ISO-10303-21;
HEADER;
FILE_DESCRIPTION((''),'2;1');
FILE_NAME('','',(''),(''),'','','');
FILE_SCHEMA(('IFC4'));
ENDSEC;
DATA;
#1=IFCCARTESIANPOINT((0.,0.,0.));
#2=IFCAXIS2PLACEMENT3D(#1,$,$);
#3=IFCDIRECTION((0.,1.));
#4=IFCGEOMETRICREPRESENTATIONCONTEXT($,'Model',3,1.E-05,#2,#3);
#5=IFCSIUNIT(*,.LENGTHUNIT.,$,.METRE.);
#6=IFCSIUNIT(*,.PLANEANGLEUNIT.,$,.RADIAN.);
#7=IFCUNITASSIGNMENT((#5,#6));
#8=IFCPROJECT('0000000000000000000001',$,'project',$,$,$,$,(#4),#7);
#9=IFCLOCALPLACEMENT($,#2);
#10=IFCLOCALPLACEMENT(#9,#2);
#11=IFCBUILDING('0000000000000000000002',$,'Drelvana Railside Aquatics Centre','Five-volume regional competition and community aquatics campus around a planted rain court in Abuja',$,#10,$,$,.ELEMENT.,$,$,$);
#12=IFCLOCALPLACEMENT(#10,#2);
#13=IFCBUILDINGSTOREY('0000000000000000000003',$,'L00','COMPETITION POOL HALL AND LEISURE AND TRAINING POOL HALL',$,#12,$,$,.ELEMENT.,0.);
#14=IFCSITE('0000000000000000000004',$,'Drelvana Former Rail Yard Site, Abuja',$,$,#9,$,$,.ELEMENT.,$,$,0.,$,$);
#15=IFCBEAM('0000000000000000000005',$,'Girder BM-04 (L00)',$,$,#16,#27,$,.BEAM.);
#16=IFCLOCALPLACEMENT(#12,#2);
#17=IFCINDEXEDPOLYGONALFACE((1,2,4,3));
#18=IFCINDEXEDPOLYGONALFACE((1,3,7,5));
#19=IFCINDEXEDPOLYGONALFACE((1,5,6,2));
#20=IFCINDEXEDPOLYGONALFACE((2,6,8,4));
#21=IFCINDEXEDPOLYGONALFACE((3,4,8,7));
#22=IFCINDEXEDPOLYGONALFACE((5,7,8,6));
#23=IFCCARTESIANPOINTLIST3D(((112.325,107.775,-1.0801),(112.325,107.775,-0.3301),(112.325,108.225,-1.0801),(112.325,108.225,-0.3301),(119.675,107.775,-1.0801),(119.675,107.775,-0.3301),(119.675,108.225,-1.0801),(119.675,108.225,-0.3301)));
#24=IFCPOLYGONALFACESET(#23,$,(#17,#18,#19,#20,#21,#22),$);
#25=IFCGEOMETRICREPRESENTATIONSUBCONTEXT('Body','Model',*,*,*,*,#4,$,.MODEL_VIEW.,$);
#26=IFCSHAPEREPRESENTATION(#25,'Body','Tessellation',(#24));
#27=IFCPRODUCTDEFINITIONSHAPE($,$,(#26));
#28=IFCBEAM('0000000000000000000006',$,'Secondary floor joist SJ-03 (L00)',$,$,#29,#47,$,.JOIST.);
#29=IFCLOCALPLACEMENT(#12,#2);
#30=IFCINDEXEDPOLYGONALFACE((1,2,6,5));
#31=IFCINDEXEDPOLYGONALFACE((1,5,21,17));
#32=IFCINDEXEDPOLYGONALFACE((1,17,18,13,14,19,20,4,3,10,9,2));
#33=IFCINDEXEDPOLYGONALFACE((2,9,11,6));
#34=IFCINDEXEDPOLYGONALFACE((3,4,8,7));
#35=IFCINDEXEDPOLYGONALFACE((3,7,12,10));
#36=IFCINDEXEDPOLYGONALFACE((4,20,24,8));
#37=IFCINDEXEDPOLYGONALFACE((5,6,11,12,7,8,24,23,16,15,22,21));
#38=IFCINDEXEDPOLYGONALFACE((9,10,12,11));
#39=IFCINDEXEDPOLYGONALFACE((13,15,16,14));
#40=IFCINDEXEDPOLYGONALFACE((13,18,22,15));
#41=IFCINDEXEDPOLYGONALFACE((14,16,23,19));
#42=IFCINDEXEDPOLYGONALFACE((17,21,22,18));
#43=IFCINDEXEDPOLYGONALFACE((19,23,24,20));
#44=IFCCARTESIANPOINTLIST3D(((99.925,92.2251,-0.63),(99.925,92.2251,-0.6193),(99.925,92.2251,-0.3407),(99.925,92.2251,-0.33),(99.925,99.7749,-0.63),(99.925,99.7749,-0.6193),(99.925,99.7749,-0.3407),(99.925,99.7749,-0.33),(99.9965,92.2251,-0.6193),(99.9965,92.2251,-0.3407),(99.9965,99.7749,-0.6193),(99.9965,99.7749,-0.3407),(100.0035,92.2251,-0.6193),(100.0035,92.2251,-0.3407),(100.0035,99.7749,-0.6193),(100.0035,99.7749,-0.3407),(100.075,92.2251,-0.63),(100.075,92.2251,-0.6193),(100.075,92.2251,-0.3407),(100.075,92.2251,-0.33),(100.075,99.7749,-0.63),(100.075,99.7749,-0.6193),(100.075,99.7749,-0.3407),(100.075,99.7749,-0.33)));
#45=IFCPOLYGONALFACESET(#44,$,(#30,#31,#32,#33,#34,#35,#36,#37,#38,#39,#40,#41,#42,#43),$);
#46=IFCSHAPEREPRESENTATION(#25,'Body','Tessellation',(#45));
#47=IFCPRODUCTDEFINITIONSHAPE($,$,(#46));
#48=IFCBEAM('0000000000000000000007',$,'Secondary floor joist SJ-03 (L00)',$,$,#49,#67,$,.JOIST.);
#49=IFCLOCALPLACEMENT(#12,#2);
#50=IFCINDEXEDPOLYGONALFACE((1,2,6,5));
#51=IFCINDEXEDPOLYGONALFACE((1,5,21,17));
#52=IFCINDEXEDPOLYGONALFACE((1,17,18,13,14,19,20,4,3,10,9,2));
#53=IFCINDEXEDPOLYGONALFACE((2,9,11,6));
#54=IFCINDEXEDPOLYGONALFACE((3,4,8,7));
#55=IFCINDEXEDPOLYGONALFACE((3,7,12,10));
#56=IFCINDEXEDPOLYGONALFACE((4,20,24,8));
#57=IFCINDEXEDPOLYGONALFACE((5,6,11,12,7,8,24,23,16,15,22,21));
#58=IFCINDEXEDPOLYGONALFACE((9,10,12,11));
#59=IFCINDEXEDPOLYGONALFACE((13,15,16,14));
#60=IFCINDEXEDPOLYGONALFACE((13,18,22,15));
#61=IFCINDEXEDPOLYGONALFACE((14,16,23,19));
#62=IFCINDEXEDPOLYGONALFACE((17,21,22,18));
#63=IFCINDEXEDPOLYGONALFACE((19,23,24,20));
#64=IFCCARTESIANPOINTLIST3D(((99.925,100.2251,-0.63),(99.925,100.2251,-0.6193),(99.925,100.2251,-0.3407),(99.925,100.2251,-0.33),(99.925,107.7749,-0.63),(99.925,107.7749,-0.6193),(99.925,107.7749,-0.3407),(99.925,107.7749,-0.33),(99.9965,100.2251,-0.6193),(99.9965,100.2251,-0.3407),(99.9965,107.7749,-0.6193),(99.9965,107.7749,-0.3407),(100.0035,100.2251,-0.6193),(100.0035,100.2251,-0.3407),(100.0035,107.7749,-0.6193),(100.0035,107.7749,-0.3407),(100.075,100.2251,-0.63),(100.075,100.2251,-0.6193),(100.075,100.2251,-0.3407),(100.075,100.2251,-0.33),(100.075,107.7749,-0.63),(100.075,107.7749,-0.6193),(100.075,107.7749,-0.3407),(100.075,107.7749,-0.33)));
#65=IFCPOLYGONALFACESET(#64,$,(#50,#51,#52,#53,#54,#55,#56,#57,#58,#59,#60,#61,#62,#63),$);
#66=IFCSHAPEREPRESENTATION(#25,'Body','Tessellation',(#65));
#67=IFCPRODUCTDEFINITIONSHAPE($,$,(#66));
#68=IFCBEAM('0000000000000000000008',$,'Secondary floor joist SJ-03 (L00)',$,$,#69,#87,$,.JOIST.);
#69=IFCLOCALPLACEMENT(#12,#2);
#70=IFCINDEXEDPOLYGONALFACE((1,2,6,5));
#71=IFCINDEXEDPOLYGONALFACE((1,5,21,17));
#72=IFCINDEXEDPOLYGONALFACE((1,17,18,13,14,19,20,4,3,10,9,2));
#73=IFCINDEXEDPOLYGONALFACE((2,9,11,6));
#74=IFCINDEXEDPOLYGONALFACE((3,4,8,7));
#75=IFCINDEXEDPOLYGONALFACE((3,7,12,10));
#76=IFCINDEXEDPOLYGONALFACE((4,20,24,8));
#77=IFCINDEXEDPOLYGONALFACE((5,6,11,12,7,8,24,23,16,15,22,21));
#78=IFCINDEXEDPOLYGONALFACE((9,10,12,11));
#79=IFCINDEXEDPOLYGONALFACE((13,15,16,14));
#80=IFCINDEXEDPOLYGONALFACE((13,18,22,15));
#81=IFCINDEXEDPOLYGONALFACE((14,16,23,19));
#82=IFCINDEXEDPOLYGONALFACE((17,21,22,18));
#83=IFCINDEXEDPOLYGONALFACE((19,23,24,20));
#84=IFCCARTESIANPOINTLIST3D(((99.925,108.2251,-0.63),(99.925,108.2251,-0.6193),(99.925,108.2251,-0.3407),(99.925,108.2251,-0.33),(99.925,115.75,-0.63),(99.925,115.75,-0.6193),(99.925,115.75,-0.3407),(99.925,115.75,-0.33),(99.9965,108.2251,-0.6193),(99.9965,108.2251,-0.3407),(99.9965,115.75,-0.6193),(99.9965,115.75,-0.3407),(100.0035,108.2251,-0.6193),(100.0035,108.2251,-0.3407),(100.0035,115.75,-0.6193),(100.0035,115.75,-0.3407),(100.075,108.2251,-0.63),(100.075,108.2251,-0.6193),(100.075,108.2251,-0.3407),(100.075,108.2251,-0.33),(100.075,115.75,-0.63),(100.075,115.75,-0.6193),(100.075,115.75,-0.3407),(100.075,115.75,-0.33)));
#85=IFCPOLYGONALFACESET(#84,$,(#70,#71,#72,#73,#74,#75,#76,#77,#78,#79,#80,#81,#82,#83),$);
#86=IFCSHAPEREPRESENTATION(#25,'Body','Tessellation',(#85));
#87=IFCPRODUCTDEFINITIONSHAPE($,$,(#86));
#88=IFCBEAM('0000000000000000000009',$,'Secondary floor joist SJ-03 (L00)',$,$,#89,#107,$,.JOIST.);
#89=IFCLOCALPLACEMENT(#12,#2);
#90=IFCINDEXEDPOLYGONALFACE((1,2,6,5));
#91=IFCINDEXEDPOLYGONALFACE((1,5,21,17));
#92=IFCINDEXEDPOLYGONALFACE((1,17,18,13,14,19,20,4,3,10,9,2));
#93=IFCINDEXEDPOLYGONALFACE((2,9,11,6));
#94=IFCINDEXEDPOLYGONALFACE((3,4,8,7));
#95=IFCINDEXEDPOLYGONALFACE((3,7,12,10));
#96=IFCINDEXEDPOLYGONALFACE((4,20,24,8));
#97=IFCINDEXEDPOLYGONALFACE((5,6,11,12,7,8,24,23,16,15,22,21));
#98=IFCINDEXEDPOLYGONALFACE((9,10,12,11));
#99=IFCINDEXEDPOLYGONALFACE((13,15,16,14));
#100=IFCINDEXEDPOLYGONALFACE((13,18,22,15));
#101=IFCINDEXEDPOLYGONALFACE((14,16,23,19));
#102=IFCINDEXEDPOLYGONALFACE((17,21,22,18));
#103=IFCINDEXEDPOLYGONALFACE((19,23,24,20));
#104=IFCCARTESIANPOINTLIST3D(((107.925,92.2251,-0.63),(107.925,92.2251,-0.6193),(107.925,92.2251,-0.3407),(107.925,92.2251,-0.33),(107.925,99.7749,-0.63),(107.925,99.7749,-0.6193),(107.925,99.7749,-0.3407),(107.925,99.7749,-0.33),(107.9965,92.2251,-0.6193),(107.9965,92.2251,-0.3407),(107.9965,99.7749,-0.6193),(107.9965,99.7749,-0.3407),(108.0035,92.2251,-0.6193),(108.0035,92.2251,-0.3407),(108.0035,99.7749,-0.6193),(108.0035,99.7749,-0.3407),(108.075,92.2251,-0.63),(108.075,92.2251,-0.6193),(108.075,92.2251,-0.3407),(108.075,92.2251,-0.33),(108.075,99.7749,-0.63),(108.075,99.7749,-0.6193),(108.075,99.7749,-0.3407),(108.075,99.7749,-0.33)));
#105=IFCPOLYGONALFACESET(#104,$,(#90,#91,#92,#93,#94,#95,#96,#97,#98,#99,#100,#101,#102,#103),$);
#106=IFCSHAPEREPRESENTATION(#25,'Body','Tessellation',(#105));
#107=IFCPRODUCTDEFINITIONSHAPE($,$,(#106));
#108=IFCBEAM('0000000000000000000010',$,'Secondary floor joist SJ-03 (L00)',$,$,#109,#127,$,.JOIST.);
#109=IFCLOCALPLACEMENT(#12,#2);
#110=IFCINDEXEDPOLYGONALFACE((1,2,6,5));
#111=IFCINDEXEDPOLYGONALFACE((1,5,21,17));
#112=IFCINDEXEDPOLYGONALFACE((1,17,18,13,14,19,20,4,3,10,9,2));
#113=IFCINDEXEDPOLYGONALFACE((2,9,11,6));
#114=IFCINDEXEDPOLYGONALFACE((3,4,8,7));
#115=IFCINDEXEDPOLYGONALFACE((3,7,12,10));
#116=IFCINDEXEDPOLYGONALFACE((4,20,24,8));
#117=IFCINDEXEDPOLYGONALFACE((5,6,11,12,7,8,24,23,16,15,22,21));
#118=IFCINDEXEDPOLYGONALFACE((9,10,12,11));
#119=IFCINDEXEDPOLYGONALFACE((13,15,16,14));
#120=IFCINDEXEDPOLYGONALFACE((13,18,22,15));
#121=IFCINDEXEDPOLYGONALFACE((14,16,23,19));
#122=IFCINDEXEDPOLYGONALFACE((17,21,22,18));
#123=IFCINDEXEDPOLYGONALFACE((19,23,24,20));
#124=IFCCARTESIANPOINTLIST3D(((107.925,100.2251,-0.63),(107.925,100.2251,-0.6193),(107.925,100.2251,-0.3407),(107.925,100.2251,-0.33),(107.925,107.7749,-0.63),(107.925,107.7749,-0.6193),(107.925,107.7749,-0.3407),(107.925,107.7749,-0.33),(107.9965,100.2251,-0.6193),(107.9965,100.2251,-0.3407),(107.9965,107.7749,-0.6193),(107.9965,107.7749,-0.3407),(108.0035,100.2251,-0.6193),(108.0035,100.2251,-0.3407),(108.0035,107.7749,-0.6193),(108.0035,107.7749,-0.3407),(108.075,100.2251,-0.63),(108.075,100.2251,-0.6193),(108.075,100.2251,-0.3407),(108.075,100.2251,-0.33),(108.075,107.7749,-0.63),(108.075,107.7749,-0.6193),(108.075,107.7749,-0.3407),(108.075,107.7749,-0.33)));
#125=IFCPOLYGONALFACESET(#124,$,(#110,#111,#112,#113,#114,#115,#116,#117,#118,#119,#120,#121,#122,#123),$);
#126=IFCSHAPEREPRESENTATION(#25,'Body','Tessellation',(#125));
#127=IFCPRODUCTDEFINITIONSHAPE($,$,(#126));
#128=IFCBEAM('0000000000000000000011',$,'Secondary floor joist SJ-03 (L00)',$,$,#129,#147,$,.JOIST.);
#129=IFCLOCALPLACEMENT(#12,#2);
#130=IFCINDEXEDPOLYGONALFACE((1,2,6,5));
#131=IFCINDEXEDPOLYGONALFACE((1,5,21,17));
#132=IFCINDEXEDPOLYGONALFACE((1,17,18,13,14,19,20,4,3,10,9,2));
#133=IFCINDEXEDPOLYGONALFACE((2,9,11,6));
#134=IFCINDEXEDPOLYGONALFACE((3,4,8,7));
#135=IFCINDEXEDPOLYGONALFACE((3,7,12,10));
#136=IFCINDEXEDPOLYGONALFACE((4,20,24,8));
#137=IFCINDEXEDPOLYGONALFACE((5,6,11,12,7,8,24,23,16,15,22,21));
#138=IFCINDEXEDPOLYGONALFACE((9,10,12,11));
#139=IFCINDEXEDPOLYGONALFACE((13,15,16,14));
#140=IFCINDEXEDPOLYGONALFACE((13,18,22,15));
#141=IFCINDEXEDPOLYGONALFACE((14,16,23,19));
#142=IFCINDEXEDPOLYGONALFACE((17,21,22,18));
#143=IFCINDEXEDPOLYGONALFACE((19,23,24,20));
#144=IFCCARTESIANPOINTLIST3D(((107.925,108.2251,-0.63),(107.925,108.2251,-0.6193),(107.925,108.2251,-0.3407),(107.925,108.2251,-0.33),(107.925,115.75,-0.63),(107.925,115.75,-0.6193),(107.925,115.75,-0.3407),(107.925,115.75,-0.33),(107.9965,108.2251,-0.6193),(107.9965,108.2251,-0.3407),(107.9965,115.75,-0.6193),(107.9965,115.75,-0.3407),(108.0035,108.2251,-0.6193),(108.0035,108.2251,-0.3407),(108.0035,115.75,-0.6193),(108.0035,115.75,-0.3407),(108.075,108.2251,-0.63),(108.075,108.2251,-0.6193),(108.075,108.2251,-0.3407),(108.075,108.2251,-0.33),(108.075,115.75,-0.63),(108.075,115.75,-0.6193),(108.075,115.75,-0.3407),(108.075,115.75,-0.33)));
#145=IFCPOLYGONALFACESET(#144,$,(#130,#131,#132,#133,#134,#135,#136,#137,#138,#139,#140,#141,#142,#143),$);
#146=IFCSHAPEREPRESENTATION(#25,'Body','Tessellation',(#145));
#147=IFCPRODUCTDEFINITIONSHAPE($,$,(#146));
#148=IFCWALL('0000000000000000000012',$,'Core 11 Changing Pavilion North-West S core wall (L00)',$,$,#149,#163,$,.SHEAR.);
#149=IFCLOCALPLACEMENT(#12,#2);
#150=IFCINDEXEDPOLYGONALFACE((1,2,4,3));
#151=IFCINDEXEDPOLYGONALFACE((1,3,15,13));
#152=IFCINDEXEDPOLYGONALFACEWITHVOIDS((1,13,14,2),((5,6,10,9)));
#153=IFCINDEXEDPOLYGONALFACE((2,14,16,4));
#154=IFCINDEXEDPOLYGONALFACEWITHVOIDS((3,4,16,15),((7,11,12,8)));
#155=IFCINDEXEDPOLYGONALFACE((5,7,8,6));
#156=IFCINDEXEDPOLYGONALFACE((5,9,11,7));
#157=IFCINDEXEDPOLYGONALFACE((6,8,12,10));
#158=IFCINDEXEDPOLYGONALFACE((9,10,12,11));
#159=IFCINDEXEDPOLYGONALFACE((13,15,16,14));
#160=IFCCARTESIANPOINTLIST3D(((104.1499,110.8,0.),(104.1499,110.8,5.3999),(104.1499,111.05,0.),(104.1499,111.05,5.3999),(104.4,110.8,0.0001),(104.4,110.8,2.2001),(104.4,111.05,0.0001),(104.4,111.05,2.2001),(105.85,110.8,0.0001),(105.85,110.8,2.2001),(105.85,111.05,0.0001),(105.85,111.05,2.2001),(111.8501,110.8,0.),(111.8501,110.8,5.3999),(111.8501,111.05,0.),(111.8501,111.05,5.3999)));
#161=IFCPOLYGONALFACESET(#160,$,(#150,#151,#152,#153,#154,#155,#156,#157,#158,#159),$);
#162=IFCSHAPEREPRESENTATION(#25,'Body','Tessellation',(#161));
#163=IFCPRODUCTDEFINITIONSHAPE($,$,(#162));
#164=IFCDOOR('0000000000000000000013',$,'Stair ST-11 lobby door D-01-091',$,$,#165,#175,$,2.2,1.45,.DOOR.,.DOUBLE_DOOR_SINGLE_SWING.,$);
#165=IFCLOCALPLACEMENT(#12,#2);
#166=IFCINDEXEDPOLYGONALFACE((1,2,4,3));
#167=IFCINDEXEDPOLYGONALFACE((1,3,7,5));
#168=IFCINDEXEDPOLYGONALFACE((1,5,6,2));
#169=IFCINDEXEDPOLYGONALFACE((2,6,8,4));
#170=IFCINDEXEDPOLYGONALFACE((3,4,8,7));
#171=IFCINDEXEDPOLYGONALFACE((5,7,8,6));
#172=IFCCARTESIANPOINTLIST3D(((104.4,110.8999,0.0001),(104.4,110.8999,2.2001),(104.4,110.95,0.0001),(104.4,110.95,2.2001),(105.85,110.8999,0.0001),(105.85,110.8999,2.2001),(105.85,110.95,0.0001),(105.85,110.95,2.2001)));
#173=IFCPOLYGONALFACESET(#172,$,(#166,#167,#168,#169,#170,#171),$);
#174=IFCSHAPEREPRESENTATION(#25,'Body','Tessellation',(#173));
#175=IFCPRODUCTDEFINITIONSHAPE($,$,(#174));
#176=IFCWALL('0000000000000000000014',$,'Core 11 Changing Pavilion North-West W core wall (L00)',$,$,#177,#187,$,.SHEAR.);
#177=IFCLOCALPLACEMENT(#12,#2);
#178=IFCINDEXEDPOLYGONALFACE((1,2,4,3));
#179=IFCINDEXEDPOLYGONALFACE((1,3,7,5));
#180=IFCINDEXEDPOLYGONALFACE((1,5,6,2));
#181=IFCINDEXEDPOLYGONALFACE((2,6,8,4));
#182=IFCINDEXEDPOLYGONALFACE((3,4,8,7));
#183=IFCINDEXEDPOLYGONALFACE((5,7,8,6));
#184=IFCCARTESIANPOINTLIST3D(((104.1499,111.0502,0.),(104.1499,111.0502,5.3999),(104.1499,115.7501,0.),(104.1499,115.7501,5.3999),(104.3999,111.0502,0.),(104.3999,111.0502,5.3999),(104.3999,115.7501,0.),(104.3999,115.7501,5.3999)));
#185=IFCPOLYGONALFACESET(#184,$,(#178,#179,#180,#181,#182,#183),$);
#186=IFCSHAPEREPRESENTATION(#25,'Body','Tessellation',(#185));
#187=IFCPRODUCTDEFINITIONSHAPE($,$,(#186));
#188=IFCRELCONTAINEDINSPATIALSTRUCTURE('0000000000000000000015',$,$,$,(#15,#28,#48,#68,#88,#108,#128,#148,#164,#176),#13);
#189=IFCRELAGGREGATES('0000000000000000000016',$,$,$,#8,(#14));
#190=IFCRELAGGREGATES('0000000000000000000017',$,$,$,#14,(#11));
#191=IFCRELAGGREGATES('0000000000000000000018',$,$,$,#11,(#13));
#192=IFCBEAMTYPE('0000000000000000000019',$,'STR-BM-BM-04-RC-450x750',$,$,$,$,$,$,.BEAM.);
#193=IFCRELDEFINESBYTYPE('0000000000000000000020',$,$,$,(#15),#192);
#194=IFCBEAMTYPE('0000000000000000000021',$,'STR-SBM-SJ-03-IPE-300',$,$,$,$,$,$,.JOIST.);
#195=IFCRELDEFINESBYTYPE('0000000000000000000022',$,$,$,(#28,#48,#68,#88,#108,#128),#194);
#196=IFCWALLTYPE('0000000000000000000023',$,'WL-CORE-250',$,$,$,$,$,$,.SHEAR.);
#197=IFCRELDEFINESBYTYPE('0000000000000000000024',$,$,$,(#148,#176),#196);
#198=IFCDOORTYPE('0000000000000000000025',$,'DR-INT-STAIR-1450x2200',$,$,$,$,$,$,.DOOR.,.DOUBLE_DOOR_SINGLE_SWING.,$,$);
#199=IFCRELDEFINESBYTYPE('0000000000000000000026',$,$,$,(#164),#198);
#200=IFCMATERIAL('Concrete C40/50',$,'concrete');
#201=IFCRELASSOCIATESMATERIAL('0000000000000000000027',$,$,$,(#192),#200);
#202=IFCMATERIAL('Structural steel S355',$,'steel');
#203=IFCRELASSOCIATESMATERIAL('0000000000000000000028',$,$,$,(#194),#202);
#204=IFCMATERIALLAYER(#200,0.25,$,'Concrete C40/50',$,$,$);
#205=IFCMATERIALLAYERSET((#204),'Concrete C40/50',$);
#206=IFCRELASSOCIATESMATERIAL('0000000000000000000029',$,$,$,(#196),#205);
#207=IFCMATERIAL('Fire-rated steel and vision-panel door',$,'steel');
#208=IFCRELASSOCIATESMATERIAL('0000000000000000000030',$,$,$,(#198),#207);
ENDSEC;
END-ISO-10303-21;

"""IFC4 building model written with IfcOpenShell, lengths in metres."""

from ifc_helpers import new_model, si_unit, direction, frame, frame_2d, origin, origin_2d, place, context, subcontext, project, spatial, rectangle, i_section, extrude, material, layer, layer_set, material_profile, profile_set, type_object, element, fill, save


model = new_model("IFC4")

# Units and contexts
model_context = context("Model", 3, precision=1e-05, world=origin(), true_north=direction((0.0, 1.0)))
body_context = subcontext(model_context, "Body", "Model", "MODEL_VIEW")
ifc_project = project(units=[si_unit("LENGTHUNIT", "METRE"), si_unit("PLANEANGLEUNIT", "RADIAN")], contexts=[model_context])

# Site, building, storey
site_placement = place(None, origin())
site = spatial("IfcSite", under=ifc_project, at=site_placement, Name="Drelvana Former Rail Yard Site, Abuja", CompositionType="ELEMENT", RefElevation=0.0)
building_placement = place(site_placement, origin())
building = spatial("IfcBuilding", under=site, at=building_placement, Name="Drelvana Railside Aquatics Centre", Description="Five-volume regional competition and community aquatics campus around a planted rain court in Abuja", CompositionType="ELEMENT")
storey_placement = place(building_placement, origin())
storey = spatial("IfcBuildingStorey", under=building, at=storey_placement, Name="L00", Description="COMPETITION POOL HALL AND LEISURE AND TRAINING POOL HALL", CompositionType="ELEMENT", Elevation=0.0)

# Shared definitions
ifc_material_1 = material(Name="Concrete C40/50", Category="concrete")

# Beams
ifc_material_profile_1 = material_profile(ifc_material_1, rectangle(XDim=0.45, YDim=0.75, at=origin_2d()), Name="RC 450x750")
ifc_profile_set_1 = profile_set([ifc_material_profile_1], Name="Concrete C40/50")
beam_type_1 = type_object("IfcBeamType", Name="STR-BM-BM-04-RC-450x750", PredefinedType="BEAM", material=ifc_profile_set_1)
for number, where, z_axis, x_axis, name in (
    (1, (112.325, 108.0, -0.7051), (1.0, 0.0, 0.0), (0.0, 1.0, 0.0), "Girder BM-04 (L00)"),
):
    element("IfcBeam", number, at=place(storey_placement, frame(where, z_axis=z_axis, x_axis=x_axis)), inside=storey, type_object=beam_type_1, Name=name, PredefinedType="BEAM", context=body_context, shape_type="SweptSolid", body=[
        extrude(rectangle(XDim=0.45, YDim=0.75, at=origin_2d()), origin(), (0.0, 0.0, 1.0), 7.3501),
    ])
ifc_material_2 = material(Name="Structural steel S355", Category="steel")
ifc_material_profile_2 = material_profile(ifc_material_2, i_section(OverallWidth=0.1499, OverallDepth=0.3, WebThickness=0.0071, FlangeThickness=0.0107, at=origin_2d()), Name="IPE 300")
ifc_profile_set_2 = profile_set([ifc_material_profile_2], Name="Structural steel S355")
beam_type_2 = type_object("IfcBeamType", Name="STR-SBM-SJ-03-IPE-300", PredefinedType="JOIST", material=ifc_profile_set_2)
for number, where, z_axis, x_axis, name in (
    (2, (100.0, 92.2251, -0.48), (0.0, 1.0, 0.0), (-1.0, 0.0, 0.0), "Secondary floor joist SJ-03 (L00)"),
    (3, (100.0, 100.2251, -0.48), (0.0, 1.0, 0.0), (-1.0, 0.0, 0.0), "Secondary floor joist SJ-03 (L00)"),
):
    element("IfcBeam", number, at=place(storey_placement, frame(where, z_axis=z_axis, x_axis=x_axis)), inside=storey, type_object=beam_type_2, Name=name, PredefinedType="JOIST", context=body_context, shape_type="SweptSolid", body=[
        extrude(i_section(OverallWidth=0.1499, OverallDepth=0.3, WebThickness=0.0071, FlangeThickness=0.0107, at=origin_2d()), origin(), (0.0, 0.0, 1.0), 7.5498),
    ])
beam_1_placement = place(storey_placement, frame((100.0, 108.2251, -0.48), z_axis=(0.0, 1.0, 0.0), x_axis=(-1.0, 0.0, 0.0)))
element("IfcBeam", 4, at=beam_1_placement, inside=storey, type_object=beam_type_2, Name="Secondary floor joist SJ-03 (L00)", PredefinedType="JOIST", context=body_context, shape_type="SweptSolid", body=[
    extrude(i_section(OverallWidth=0.1499, OverallDepth=0.3, WebThickness=0.0071, FlangeThickness=0.0107, at=origin_2d()), origin(), (0.0, 0.0, 1.0), 7.5249),
])
for number, where, z_axis, x_axis, name in (
    (5, (108.0, 92.2251, -0.48), (0.0, 1.0, 0.0), (-1.0, 0.0, 0.0), "Secondary floor joist SJ-03 (L00)"),
    (6, (108.0, 100.2251, -0.48), (0.0, 1.0, 0.0), (-1.0, 0.0, 0.0), "Secondary floor joist SJ-03 (L00)"),
):
    element("IfcBeam", number, at=place(storey_placement, frame(where, z_axis=z_axis, x_axis=x_axis)), inside=storey, type_object=beam_type_2, Name=name, PredefinedType="JOIST", context=body_context, shape_type="SweptSolid", body=[
        extrude(i_section(OverallWidth=0.1499, OverallDepth=0.3, WebThickness=0.0071, FlangeThickness=0.0107, at=origin_2d()), origin(), (0.0, 0.0, 1.0), 7.5498),
    ])
beam_2_placement = place(storey_placement, frame((108.0, 108.2251, -0.48), z_axis=(0.0, 1.0, 0.0), x_axis=(-1.0, 0.0, 0.0)))
element("IfcBeam", 7, at=beam_2_placement, inside=storey, type_object=beam_type_2, Name="Secondary floor joist SJ-03 (L00)", PredefinedType="JOIST", context=body_context, shape_type="SweptSolid", body=[
    extrude(i_section(OverallWidth=0.1499, OverallDepth=0.3, WebThickness=0.0071, FlangeThickness=0.0107, at=origin_2d()), origin(), (0.0, 0.0, 1.0), 7.5249),
])

# Wall, opening, door
ifc_layer_1 = layer(ifc_material_1, 0.25, Name="Concrete C40/50")
ifc_layer_set_1 = layer_set([ifc_layer_1], Name="Concrete C40/50")
wall_type_1 = type_object("IfcWallType", Name="WL-CORE-250", PredefinedType="SHEAR", material=ifc_layer_set_1)
wall_1_placement = place(storey_placement, frame((104.1499, 110.925, 0.0), z_axis=(0.0, 0.0, 1.0), x_axis=(1.0, 0.0, 0.0)))
wall_1 = element("IfcWall", 8, at=wall_1_placement, inside=storey, type_object=wall_type_1, Name="Core 11 Changing Pavilion North-West S core wall (L00)", PredefinedType="SHEAR", context=body_context, shape_type="SweptSolid", body=[
    extrude(rectangle(XDim=7.7002, YDim=0.25, at=frame_2d((3.8501, 0.0))), origin(), (0.0, 0.0, 1.0), 5.3999),
])
opening_1_placement = place(wall_1_placement, frame((0.25, 0.0, 0.0)))
opening_1 = element("IfcOpeningElement", 9, at=opening_1_placement, cuts=wall_1, PredefinedType="OPENING", context=body_context, shape_type="SweptSolid", body=[
    extrude(rectangle(XDim=1.45, YDim=2.2, at=frame_2d((0.7251, 1.1001))), frame((0.0, 0.135, 0.0), z_axis=(0.0, -1.0, 0.0), x_axis=(1.0, 0.0, 0.0)), (0.0, 0.0, 1.0), 0.27),
])
ifc_material_3 = material(Name="Fire-rated steel and vision-panel door", Category="steel")
door_type_1 = type_object("IfcDoorType", Name="DR-INT-STAIR-1450x2200", OperationType="DOUBLE_DOOR_SINGLE_SWING", PredefinedType="DOOR", material=ifc_material_3)
door_1_placement = place(opening_1_placement, origin())
door_1 = element("IfcDoor", 10, at=door_1_placement, inside=storey, type_object=door_type_1, Name="Stair ST-11 lobby door D-01-091", OperationType="DOUBLE_DOOR_SINGLE_SWING", OverallHeight=2.2, OverallWidth=1.45, PredefinedType="DOOR", context=body_context, shape_type="SweptSolid", body=[
    extrude(rectangle(XDim=1.45, YDim=2.2, at=frame_2d((0.7251, 1.1001))), frame((0.0, 0.0249, 0.0), z_axis=(0.0, -1.0, 0.0), x_axis=(1.0, 0.0, 0.0)), (0.0, 0.0, 1.0), 0.05),
])
fill(opening_1, door_1)

# Wall
for number, where, z_axis, x_axis, name in (
    (11, (104.2749, 111.05, 0.0), (0.0, 0.0, 1.0), (0.0, 1.0, 0.0), "Core 11 Changing Pavilion North-West W core wall (L00)"),
):
    element("IfcWall", number, at=place(storey_placement, frame(where, z_axis=z_axis, x_axis=x_axis)), inside=storey, type_object=wall_type_1, Name=name, PredefinedType="SHEAR", context=body_context, shape_type="SweptSolid", body=[
        extrude(rectangle(XDim=4.7, YDim=0.25, at=frame_2d((2.3501, 0.0))), origin(), (0.0, 0.0, 1.0), 5.3999),
    ])

save(model, "model.ifc")
